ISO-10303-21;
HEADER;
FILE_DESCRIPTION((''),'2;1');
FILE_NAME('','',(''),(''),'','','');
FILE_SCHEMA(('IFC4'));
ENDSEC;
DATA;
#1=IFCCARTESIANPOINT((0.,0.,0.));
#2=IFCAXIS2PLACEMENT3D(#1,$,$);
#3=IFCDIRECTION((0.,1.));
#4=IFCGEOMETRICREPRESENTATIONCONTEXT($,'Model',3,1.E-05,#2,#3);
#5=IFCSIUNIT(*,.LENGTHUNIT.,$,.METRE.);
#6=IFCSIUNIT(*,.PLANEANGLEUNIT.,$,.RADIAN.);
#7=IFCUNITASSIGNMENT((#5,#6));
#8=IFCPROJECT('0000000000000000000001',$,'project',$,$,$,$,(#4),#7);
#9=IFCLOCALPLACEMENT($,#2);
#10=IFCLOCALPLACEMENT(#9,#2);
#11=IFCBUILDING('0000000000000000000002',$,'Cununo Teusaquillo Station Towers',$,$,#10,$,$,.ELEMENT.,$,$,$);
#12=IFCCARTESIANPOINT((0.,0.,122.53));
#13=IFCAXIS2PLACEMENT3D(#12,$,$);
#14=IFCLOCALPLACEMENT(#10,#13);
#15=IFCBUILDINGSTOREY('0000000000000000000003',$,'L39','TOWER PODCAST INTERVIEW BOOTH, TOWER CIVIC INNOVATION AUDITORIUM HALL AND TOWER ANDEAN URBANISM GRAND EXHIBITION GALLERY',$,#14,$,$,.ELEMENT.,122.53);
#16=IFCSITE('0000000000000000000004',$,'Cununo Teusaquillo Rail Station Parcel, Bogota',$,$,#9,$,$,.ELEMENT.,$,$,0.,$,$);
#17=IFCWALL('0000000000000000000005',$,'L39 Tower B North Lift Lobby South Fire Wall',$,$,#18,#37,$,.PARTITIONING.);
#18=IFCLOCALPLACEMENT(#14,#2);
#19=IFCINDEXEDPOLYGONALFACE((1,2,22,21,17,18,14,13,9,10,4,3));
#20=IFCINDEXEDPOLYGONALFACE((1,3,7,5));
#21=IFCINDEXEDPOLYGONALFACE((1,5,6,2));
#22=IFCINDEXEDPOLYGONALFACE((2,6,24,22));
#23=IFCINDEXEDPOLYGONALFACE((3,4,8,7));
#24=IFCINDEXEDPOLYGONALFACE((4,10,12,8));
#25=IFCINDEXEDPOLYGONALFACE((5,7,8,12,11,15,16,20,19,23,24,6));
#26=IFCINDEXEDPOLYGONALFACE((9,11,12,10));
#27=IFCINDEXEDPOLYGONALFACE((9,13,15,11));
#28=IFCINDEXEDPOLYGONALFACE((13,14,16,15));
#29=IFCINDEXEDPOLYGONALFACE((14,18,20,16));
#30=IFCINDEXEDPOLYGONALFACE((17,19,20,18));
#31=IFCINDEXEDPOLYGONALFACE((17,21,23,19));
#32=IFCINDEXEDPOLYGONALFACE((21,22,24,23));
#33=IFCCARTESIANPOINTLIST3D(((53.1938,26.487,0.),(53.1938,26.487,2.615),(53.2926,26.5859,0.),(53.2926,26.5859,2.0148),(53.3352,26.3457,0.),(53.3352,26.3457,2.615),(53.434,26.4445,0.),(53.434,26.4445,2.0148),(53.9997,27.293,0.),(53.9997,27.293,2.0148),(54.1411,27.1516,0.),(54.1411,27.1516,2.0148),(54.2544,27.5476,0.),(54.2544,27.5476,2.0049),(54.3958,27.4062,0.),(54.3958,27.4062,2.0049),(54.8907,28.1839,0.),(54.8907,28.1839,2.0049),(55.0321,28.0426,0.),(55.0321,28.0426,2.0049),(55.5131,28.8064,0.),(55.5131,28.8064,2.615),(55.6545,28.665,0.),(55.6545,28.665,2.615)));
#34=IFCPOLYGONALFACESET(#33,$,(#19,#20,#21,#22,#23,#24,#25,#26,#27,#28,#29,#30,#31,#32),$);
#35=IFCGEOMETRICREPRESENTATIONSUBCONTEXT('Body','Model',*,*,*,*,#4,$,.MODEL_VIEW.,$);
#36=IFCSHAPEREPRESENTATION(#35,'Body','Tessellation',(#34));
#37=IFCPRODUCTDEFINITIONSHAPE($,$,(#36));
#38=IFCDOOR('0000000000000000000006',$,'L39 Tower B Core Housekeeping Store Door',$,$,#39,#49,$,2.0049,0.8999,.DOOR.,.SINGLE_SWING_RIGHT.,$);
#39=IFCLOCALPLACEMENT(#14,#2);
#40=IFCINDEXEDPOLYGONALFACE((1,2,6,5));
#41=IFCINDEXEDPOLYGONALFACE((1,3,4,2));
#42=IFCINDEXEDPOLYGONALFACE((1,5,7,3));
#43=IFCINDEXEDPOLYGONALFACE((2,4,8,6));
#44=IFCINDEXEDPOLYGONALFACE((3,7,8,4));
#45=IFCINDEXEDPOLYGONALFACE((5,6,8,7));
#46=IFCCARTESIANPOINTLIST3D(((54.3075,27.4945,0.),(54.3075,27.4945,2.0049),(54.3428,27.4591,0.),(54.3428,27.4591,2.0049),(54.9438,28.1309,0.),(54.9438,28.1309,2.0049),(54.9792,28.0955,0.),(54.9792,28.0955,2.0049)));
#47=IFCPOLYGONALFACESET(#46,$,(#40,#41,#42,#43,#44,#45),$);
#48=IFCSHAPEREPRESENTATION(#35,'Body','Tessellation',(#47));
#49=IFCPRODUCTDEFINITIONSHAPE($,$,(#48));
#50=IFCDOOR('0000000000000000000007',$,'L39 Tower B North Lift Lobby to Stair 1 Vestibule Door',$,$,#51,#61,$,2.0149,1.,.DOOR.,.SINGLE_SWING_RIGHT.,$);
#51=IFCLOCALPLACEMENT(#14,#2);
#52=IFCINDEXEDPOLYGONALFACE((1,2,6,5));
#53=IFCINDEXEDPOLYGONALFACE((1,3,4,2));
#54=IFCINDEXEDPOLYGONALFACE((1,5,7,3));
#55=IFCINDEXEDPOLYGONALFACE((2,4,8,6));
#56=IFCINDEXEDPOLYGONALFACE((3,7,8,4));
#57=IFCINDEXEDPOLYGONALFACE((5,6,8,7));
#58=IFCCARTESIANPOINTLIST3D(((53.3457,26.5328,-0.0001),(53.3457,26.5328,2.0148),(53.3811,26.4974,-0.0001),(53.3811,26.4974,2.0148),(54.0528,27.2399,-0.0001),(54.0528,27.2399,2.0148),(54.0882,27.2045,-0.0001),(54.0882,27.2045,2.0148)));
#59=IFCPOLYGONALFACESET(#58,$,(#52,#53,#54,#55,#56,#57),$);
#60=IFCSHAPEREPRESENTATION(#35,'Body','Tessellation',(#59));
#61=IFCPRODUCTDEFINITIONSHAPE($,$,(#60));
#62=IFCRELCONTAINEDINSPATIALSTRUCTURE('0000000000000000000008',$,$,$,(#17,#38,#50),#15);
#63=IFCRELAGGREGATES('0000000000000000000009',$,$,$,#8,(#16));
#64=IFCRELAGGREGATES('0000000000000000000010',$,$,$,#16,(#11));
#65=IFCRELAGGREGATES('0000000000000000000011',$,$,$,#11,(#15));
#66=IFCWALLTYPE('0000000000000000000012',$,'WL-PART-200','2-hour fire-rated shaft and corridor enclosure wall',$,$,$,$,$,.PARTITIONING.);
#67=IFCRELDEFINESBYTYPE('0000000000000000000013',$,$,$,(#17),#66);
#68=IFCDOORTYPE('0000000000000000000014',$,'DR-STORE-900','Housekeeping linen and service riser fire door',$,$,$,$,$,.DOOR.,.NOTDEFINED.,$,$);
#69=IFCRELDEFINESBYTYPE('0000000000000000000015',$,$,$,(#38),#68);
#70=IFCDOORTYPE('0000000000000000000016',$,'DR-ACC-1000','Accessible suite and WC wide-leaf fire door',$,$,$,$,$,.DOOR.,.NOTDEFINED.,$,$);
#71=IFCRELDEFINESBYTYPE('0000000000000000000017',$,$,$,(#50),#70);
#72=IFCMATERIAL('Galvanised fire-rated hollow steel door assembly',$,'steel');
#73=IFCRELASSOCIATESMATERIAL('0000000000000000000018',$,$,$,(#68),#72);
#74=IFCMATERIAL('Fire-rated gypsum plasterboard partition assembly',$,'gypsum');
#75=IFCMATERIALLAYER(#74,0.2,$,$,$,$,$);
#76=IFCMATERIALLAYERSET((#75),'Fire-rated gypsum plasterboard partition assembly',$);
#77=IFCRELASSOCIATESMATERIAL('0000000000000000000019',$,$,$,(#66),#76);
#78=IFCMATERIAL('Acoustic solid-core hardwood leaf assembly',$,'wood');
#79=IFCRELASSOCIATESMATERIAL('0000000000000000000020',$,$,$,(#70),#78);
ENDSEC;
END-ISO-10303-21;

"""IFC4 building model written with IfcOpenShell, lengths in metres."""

from ifc_helpers import new_model, si_unit, direction, frame, frame_2d, origin, place, context, subcontext, project, spatial, rectangle, extrude, source, transform, mapped, material, layer, layer_set, type_object, element, fill, save


model = new_model("IFC4")

# Units and contexts
model_context = context("Model", 3, precision=1e-05, world=origin(), true_north=direction((0.0, 1.0)))
body_context = subcontext(model_context, "Body", "Model", "MODEL_VIEW")
ifc_project = project(units=[si_unit("LENGTHUNIT", "METRE"), si_unit("PLANEANGLEUNIT", "RADIAN")], contexts=[model_context])

# Site, building, storey
site_placement = place(None, origin())
site = spatial("IfcSite", under=ifc_project, at=site_placement, Name="Cununo Teusaquillo Rail Station Parcel, Bogota", CompositionType="ELEMENT", RefElevation=0.0)
building_placement = place(site_placement, origin())
building = spatial("IfcBuilding", under=site, at=building_placement, Name="Cununo Teusaquillo Station Towers", CompositionType="ELEMENT")
storey_placement = place(building_placement, frame((0.0, 0.0, 122.53)))
storey = spatial("IfcBuildingStorey", under=building, at=storey_placement, Name="L39", Description="TOWER PODCAST INTERVIEW BOOTH, TOWER CIVIC INNOVATION AUDITORIUM HALL AND TOWER ANDEAN URBANISM GRAND EXHIBITION GALLERY", CompositionType="ELEMENT", Elevation=122.53)

# Shared definitions
ifc_material_1 = material(Name="Galvanised fire-rated hollow steel door assembly", Category="steel")
door_type_1 = type_object("IfcDoorType", Name="DR-STORE-900", Description="Housekeeping linen and service riser fire door", OperationType="NOTDEFINED", PredefinedType="DOOR", material=ifc_material_1)
shared_shape_1 = source(origin(), body_context, "Body", "SweptSolid", [
    extrude(rectangle(XDim=0.8999, YDim=2.0049, at=frame_2d((0.45, 1.0024))), frame((0.0, 0.0249, 0.0), z_axis=(0.0, -1.0, 0.0), x_axis=(1.0, 0.0, 0.0)), (0.0, 0.0, 1.0), 0.05),
])

# Wall, openings, doors
ifc_material_2 = material(Name="Fire-rated gypsum plasterboard partition assembly", Category="gypsum")
ifc_layer_1 = layer(ifc_material_2, 0.2)
ifc_layer_set_1 = layer_set([ifc_layer_1], Name="Fire-rated gypsum plasterboard partition assembly")
wall_type_1 = type_object("IfcWallType", Name="WL-PART-200", Description="2-hour fire-rated shaft and corridor enclosure wall", PredefinedType="PARTITIONING", material=ifc_layer_set_1)
wall_1_placement = place(storey_placement, frame((53.2644, 26.4163, 0.0), z_axis=(0.0, 0.0, 1.0), x_axis=(0.707107, 0.707107, 0.0)))
wall_1 = element("IfcWall", 1, at=wall_1_placement, inside=storey, type_object=wall_type_1, Name="L39 Tower B North Lift Lobby South Fire Wall", PredefinedType="PARTITIONING", context=body_context, shape_type="SweptSolid", body=[
    extrude(rectangle(XDim=3.28, YDim=0.2, at=frame_2d((1.6401, 0.0))), origin(), (0.0, 0.0, 1.0), 2.615),
])
shared_shape_2 = source(origin(), body_context, "Body", "SweptSolid", [
    extrude(rectangle(XDim=1.0, YDim=2.0149, at=frame_2d((0.5, 1.0073))), frame((0.0, 0.1099, 0.0), z_axis=(0.0, -1.0, 0.0), x_axis=(1.0, 0.0, 0.0)), (0.0, 0.0, 1.0), 0.22),
])
opening_1_placement = place(wall_1_placement, frame((0.1399, 0.0, 0.0)))
opening_1 = element("IfcOpeningElement", 2, at=opening_1_placement, cuts=wall_1, PredefinedType="OPENING", context=body_context, shape_type="MappedRepresentation", body=[
    mapped(shared_shape_2, transform((0.0, 0.0, 0.0), x_axis=(1.0, 0.0, 0.0), y_axis=(0.0, 1.0, 0.0), z_axis=(0.0, 0.0, 1.0), scale=1.0)),
])
shared_shape_3 = source(origin(), body_context, "Body", "SweptSolid", [
    extrude(rectangle(XDim=0.8999, YDim=2.0049, at=frame_2d((0.45, 1.0024))), frame((0.0, 0.1099, 0.0), z_axis=(0.0, -1.0, 0.0), x_axis=(1.0, 0.0, 0.0)), (0.0, 0.0, 1.0), 0.22),
])
opening_2_placement = place(wall_1_placement, frame((1.5, 0.0, 0.0)))
opening_2 = element("IfcOpeningElement", 3, at=opening_2_placement, cuts=wall_1, PredefinedType="OPENING", context=body_context, shape_type="MappedRepresentation", body=[
    mapped(shared_shape_3, transform((0.0, 0.0, 0.0), x_axis=(1.0, 0.0, 0.0), y_axis=(0.0, 1.0, 0.0), z_axis=(0.0, 0.0, 1.0), scale=1.0)),
])
door_1_placement = place(opening_2_placement, origin())
door_1 = element("IfcDoor", 4, at=door_1_placement, inside=storey, type_object=door_type_1, Name="L39 Tower B Core Housekeeping Store Door", OperationType="SINGLE_SWING_RIGHT", OverallHeight=2.0049, OverallWidth=0.8999, PredefinedType="DOOR", context=body_context, shape_type="MappedRepresentation", body=[
    mapped(shared_shape_1, transform((0.0, 0.0, 0.0), x_axis=(1.0, 0.0, 0.0), y_axis=(0.0, 1.0, 0.0), z_axis=(0.0, 0.0, 1.0), scale=1.0)),
])
fill(opening_2, door_1)
ifc_material_3 = material(Name="Acoustic solid-core hardwood leaf assembly", Category="wood")
door_type_2 = type_object("IfcDoorType", Name="DR-ACC-1000", Description="Accessible suite and WC wide-leaf fire door", OperationType="NOTDEFINED", PredefinedType="DOOR", material=ifc_material_3)
shared_shape_4 = source(origin(), body_context, "Body", "SweptSolid", [
    extrude(rectangle(XDim=1.0, YDim=2.0149, at=frame_2d((0.5, 1.0073))), frame((0.0, 0.0249, 0.0), z_axis=(0.0, -1.0, 0.0), x_axis=(1.0, 0.0, 0.0)), (0.0, 0.0, 1.0), 0.05),
])
door_2_placement = place(opening_1_placement, origin())
door_2 = element("IfcDoor", 5, at=door_2_placement, inside=storey, type_object=door_type_2, Name="L39 Tower B North Lift Lobby to Stair 1 Vestibule Door", OperationType="SINGLE_SWING_RIGHT", OverallHeight=2.0149, OverallWidth=1.0, PredefinedType="DOOR", context=body_context, shape_type="MappedRepresentation", body=[
    mapped(shared_shape_4, transform((0.0, 0.0, 0.0), x_axis=(1.0, 0.0, 0.0), y_axis=(0.0, 1.0, 0.0), z_axis=(0.0, 0.0, 1.0), scale=1.0)),
])
fill(opening_1, door_2)

save(model, "model.ifc")
